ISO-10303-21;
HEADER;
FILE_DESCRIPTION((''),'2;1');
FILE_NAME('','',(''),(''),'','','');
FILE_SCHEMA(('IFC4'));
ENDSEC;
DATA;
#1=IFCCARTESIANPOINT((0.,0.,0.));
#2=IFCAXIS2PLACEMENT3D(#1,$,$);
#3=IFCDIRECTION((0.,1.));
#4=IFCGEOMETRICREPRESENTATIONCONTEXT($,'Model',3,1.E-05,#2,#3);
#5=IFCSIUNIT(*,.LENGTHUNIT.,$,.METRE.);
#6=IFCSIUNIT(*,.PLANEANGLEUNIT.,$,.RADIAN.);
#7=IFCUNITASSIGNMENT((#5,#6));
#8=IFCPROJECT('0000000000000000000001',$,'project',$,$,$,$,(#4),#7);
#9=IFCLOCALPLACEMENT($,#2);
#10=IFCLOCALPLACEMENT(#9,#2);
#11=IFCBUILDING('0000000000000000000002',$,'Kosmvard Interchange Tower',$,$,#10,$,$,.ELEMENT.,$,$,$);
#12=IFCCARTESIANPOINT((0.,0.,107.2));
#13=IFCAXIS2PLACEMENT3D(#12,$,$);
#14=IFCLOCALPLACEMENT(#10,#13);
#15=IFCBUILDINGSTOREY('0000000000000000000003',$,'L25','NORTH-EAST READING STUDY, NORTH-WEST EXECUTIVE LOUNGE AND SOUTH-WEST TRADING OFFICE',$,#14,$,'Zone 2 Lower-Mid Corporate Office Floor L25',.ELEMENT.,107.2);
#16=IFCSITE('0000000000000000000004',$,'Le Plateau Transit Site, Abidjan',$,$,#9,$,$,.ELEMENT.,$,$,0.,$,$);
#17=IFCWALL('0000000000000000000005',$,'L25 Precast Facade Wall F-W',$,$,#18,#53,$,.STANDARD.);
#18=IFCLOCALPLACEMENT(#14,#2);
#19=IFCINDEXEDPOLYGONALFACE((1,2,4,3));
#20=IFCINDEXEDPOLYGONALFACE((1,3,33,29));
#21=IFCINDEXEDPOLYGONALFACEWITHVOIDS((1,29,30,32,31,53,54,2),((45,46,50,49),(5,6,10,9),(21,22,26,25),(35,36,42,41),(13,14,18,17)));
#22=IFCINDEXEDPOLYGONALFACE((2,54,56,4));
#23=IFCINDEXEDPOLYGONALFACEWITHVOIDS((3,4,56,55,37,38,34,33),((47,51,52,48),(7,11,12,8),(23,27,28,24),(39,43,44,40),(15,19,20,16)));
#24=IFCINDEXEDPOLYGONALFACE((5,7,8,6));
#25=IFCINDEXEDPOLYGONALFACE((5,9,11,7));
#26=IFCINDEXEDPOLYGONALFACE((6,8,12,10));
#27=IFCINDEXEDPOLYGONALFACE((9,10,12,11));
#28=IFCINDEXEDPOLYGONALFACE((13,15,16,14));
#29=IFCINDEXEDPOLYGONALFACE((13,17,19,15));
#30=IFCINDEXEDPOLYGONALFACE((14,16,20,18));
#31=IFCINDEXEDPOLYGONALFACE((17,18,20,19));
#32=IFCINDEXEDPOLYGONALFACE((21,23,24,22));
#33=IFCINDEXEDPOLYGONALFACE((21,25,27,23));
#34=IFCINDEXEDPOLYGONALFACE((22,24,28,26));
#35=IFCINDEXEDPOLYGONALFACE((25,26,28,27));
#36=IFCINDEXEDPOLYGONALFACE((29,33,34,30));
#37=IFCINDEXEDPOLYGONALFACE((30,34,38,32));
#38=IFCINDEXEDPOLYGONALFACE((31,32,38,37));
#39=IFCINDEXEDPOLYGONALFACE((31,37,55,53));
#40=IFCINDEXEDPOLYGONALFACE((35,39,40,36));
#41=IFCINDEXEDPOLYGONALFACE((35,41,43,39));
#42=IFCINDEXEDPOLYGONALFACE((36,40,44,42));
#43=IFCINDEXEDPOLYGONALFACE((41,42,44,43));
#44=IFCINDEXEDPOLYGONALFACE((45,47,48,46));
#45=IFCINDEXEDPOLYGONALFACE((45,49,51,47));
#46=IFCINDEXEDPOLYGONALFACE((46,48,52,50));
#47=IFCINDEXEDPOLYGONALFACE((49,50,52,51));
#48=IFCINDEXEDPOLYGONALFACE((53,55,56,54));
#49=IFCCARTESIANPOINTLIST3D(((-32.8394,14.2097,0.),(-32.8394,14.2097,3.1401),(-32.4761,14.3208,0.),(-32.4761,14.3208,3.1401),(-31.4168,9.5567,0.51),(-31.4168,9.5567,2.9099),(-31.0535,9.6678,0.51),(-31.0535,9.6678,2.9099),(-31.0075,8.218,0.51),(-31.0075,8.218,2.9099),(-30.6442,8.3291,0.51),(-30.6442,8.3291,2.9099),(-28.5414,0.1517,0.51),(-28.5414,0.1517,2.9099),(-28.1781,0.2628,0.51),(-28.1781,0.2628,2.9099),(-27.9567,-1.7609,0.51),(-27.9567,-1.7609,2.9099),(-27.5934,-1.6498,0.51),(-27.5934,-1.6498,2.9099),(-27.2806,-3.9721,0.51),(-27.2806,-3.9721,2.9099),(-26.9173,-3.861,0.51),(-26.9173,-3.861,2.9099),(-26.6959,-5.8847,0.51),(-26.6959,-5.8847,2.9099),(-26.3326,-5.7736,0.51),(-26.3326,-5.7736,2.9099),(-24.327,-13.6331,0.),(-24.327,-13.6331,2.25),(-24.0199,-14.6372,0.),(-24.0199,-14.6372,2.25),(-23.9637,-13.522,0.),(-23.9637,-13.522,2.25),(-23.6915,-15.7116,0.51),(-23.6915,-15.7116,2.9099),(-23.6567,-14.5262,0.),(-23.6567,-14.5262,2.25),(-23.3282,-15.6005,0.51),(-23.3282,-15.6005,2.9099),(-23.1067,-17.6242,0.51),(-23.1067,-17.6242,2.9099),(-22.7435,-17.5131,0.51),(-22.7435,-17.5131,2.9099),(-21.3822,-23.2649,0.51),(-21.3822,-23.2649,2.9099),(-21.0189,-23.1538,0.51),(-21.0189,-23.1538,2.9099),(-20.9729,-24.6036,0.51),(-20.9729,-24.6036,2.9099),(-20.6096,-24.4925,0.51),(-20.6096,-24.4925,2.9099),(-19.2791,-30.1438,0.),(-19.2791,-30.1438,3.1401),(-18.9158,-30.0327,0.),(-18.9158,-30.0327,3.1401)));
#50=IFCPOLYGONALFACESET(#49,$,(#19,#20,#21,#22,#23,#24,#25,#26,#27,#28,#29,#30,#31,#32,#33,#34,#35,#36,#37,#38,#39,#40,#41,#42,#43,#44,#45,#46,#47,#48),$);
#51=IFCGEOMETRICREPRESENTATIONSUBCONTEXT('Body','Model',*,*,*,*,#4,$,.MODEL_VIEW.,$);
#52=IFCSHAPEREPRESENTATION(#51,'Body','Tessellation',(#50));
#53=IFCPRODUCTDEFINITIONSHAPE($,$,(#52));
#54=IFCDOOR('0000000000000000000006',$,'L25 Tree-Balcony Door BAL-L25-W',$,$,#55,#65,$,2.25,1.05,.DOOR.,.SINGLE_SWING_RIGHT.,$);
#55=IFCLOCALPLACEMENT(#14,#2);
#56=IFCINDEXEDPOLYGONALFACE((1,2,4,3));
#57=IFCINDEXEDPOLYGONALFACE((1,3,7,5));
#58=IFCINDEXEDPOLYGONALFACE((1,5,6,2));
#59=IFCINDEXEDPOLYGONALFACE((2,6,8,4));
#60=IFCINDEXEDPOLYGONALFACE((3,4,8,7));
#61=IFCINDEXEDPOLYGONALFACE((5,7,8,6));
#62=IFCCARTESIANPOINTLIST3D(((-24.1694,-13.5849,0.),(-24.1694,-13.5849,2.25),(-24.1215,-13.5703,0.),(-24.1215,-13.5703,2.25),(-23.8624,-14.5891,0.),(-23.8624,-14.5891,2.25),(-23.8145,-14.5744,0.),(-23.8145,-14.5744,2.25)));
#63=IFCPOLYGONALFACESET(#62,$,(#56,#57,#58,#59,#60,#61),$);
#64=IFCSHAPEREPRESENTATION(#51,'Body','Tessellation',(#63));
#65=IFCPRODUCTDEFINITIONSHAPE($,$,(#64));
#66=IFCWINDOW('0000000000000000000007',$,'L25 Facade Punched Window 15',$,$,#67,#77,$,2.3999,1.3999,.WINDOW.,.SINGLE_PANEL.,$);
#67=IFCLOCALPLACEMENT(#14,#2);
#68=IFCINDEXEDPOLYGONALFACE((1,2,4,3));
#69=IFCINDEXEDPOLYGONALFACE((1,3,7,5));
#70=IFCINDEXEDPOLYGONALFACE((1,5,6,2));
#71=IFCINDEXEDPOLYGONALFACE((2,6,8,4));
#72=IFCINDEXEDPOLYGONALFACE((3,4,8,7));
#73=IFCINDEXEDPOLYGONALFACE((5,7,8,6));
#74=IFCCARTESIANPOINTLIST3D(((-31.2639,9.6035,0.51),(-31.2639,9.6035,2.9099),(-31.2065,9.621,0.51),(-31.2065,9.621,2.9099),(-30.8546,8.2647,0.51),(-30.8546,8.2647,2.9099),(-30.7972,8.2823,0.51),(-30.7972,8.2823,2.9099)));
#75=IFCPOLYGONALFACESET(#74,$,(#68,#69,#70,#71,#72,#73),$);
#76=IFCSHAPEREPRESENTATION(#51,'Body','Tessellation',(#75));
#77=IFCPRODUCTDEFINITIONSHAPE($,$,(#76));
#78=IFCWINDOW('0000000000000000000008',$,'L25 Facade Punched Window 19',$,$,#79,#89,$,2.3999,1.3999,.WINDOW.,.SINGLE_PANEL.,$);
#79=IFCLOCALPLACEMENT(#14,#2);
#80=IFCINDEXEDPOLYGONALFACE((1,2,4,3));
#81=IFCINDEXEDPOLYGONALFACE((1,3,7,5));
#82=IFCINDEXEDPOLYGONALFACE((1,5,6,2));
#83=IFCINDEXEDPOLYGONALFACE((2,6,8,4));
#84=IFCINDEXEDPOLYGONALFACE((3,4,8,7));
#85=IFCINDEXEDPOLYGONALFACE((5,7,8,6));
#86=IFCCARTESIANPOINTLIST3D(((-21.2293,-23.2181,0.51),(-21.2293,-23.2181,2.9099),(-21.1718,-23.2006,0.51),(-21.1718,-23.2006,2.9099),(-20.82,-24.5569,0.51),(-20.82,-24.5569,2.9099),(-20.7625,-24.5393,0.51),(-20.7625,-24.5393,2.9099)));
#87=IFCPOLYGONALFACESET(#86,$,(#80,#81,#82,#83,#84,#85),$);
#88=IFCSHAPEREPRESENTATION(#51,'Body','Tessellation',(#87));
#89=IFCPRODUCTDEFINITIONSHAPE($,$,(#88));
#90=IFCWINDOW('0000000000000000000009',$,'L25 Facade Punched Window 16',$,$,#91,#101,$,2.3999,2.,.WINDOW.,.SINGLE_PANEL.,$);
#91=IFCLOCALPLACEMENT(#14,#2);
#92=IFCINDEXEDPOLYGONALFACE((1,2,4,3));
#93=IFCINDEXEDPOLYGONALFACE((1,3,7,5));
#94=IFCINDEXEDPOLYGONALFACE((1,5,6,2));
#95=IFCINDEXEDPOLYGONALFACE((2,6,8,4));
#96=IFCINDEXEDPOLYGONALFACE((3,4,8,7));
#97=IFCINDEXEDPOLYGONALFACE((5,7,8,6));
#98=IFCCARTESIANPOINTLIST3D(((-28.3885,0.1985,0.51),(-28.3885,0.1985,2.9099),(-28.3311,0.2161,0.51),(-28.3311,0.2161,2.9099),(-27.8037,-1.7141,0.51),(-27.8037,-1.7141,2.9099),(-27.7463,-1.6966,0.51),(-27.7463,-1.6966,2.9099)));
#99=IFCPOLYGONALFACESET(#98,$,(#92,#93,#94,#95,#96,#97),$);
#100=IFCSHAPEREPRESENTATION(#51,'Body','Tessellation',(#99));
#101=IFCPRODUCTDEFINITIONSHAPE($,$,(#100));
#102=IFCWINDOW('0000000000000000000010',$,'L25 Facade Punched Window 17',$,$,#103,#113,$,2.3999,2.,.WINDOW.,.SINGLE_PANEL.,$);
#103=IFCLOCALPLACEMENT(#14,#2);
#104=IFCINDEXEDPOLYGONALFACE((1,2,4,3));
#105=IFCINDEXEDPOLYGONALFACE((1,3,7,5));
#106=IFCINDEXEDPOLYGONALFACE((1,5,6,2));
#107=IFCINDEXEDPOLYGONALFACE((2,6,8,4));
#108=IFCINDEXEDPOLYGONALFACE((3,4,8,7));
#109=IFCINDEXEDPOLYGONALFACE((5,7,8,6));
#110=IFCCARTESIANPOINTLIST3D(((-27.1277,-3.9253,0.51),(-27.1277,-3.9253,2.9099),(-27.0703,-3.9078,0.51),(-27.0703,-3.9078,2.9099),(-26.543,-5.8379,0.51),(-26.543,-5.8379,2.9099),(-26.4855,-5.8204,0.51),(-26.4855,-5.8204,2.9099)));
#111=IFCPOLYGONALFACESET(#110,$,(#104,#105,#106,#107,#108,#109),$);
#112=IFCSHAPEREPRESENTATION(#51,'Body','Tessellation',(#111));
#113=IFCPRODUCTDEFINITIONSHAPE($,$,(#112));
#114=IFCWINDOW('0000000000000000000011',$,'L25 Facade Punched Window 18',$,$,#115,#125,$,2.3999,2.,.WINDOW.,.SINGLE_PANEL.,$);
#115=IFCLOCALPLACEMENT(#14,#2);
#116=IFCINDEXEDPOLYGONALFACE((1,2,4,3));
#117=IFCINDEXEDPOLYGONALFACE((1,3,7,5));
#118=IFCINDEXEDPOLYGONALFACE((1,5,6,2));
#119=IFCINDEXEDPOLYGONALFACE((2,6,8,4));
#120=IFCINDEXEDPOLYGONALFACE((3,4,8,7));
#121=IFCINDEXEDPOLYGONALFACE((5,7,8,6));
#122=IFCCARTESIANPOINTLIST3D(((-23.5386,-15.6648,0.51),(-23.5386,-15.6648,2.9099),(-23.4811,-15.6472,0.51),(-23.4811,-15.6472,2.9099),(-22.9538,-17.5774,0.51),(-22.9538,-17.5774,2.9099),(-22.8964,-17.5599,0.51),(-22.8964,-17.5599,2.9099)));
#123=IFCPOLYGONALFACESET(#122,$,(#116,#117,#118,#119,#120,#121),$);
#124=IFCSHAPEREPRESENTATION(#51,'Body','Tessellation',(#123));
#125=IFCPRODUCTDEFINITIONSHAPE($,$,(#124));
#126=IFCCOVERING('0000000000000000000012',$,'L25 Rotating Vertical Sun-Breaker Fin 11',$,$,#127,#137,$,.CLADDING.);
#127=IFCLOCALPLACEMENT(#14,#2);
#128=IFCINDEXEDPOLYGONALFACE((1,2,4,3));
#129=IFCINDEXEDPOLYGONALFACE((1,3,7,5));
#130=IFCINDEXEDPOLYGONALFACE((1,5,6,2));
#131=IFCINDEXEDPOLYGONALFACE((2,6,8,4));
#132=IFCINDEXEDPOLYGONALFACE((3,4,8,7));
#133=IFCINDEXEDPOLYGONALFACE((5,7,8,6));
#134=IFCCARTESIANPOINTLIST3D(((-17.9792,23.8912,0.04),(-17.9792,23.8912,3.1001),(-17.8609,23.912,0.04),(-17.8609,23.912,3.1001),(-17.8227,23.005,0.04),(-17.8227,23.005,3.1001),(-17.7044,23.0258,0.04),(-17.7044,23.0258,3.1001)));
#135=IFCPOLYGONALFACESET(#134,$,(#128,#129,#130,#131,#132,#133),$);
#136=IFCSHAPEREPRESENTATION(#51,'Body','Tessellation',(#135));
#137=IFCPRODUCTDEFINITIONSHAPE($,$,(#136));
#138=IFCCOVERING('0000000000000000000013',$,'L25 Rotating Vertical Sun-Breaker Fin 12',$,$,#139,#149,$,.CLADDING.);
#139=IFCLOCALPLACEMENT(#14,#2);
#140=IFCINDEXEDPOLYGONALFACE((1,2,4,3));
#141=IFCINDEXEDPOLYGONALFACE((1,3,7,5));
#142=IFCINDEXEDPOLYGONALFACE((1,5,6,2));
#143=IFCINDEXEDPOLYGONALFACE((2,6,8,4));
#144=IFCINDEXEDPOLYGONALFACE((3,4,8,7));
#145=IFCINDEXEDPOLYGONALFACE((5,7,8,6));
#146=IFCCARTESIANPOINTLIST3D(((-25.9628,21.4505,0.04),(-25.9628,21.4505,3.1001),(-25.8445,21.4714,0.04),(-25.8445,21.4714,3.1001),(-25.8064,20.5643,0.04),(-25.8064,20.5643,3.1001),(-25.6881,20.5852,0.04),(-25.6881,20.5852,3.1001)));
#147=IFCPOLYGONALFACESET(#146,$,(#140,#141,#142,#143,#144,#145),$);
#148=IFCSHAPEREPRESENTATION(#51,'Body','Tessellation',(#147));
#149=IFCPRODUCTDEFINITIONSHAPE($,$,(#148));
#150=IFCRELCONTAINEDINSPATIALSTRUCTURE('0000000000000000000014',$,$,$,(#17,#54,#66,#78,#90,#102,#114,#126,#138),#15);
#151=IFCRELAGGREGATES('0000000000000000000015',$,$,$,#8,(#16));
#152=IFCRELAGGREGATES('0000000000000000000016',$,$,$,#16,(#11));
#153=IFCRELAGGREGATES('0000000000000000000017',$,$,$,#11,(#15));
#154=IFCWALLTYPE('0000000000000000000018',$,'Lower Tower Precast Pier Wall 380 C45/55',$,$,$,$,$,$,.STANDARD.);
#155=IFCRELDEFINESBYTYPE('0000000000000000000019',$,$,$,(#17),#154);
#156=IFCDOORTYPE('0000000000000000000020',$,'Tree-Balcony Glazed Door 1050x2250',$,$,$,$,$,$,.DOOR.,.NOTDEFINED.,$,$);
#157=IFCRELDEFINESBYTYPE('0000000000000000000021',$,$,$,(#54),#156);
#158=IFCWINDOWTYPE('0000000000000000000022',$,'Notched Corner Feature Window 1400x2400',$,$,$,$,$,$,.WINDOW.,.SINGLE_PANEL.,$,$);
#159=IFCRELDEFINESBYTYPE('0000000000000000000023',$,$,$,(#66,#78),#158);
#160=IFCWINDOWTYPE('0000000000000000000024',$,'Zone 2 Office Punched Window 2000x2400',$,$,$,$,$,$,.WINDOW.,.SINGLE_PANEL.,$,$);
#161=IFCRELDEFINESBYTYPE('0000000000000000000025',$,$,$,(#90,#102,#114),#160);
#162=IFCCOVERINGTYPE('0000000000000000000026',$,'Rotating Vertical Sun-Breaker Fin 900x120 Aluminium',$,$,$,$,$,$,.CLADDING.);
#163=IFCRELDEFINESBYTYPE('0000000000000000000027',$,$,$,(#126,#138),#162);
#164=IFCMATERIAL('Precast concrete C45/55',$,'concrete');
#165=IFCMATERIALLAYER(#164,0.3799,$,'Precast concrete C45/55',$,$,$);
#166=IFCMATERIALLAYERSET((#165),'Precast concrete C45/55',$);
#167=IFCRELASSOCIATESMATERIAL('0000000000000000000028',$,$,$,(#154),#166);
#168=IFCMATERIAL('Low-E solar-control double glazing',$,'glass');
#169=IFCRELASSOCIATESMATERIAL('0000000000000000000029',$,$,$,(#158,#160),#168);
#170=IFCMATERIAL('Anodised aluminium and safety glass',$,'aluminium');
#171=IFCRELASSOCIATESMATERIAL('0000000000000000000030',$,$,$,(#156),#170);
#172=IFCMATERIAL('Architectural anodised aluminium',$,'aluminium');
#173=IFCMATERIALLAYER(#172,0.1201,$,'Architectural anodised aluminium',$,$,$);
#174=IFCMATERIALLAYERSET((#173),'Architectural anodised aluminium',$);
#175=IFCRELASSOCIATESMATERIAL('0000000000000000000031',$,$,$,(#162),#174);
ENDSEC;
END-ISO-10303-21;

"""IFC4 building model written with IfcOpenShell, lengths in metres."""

from ifc_helpers import new_model, si_unit, direction, frame, frame_2d, origin, origin_2d, place, context, subcontext, project, spatial, rectangle, extrude, source, transform, mapped, material, layer, layer_set, type_object, element, fill, save


model = new_model("IFC4")

# Units and contexts
model_context = context("Model", 3, precision=1e-05, world=origin(), true_north=direction((0.0, 1.0)))
body_context = subcontext(model_context, "Body", "Model", "MODEL_VIEW")
ifc_project = project(units=[si_unit("LENGTHUNIT", "METRE"), si_unit("PLANEANGLEUNIT", "RADIAN")], contexts=[model_context])

# Site, building, storey
site_placement = place(None, origin())
site = spatial("IfcSite", under=ifc_project, at=site_placement, Name="Le Plateau Transit Site, Abidjan", CompositionType="ELEMENT", RefElevation=0.0)
building_placement = place(site_placement, origin())
building = spatial("IfcBuilding", under=site, at=building_placement, Name="Kosmvard Interchange Tower", CompositionType="ELEMENT")
storey_placement = place(building_placement, frame((0.0, 0.0, 107.2)))
storey = spatial("IfcBuildingStorey", under=building, at=storey_placement, Name="L25", Description="NORTH-EAST READING STUDY, NORTH-WEST EXECUTIVE LOUNGE AND SOUTH-WEST TRADING OFFICE", LongName="Zone 2 Lower-Mid Corporate Office Floor L25", CompositionType="ELEMENT", Elevation=107.2)

# Shared definitions
ifc_material_1 = material(Name="Precast concrete C45/55", Category="concrete")

# Shared definitions
ifc_layer_1 = layer(ifc_material_1, 0.3799, Name="Precast concrete C45/55")
ifc_layer_set_1 = layer_set([ifc_layer_1], Name="Precast concrete C45/55")
wall_type = type_object("IfcWallType", Name="Lower Tower Precast Pier Wall 380 C45/55", PredefinedType="STANDARD", material=ifc_layer_set_1)

# Shared definitions
ifc_material_2 = material(Name="Low-E solar-control double glazing", Category="glass")
window_type_1 = type_object("IfcWindowType", Name="Notched Corner Feature Window 1400x2400", PartitioningType="SINGLE_PANEL", PredefinedType="WINDOW", material=ifc_material_2)
shared_shape_1 = source(origin(), body_context, "Body", "SweptSolid", [
    extrude(rectangle(XDim=1.3999, YDim=2.3999, at=frame_2d((0.7, 1.2))), frame((0.0, 0.03, 0.0), z_axis=(0.0, -1.0, 0.0), x_axis=(1.0, 0.0, 0.0)), (0.0, 0.0, 1.0), 0.0601),
])

# Wall, openings, door, windows
wall_1_placement = place(storey_placement, frame((-32.6577, 14.2651, 0.0), z_axis=(0.0, 0.0, 1.0), x_axis=(0.292373, -0.956304, 0.0)))
wall_1 = element("IfcWall", 1, at=wall_1_placement, inside=storey, type_object=wall_type, Name="L25 Precast Facade Wall F-W", PredefinedType="STANDARD", context=body_context, shape_type="SweptSolid", body=[
    extrude(rectangle(XDim=46.3801, YDim=0.3799, at=frame_2d((23.1899, 0.0))), origin(), (0.0, 0.0, 1.0), 3.1401),
])
opening_1_placement = place(wall_1_placement, frame((29.115, 0.0, 0.0)))
opening_1 = element("IfcOpeningElement", 2, at=opening_1_placement, cuts=wall_1, PredefinedType="OPENING", context=body_context, shape_type="SweptSolid", body=[
    extrude(rectangle(XDim=1.05, YDim=2.25, at=frame_2d((0.5249, 1.125))), frame((0.0, 0.2, 0.0), z_axis=(0.0, -1.0, 0.0), x_axis=(1.0, 0.0, 0.0)), (0.0, 0.0, 1.0), 0.3999),
])
opening_2_placement = place(wall_1_placement, frame((4.8655, 0.0, 0.51)))
opening_2 = element("IfcOpeningElement", 3, at=opening_2_placement, cuts=wall_1, PredefinedType="OPENING", context=body_context, shape_type="SweptSolid", body=[
    extrude(rectangle(XDim=1.3999, YDim=2.3999, at=frame_2d((0.7, 1.2))), frame((0.0, 0.2, 0.0), z_axis=(0.0, -1.0, 0.0), x_axis=(1.0, 0.0, 0.0)), (0.0, 0.0, 1.0), 0.3999),
])
opening_3_placement = place(wall_1_placement, frame((14.7002, 0.0, 0.51)))
opening_3 = element("IfcOpeningElement", 4, at=opening_3_placement, cuts=wall_1, PredefinedType="OPENING", context=body_context, shape_type="SweptSolid", body=[
    extrude(rectangle(XDim=2.0, YDim=2.3999, at=frame_2d((1.0, 1.2))), frame((0.0, 0.2, 0.0), z_axis=(0.0, -1.0, 0.0), x_axis=(1.0, 0.0, 0.0)), (0.0, 0.0, 1.0), 0.3999),
])
opening_4_placement = place(wall_1_placement, frame((19.0125, 0.0, 0.51)))
opening_4 = element("IfcOpeningElement", 5, at=opening_4_placement, cuts=wall_1, PredefinedType="OPENING", context=body_context, shape_type="SweptSolid", body=[
    extrude(rectangle(XDim=2.0, YDim=2.3999, at=frame_2d((1.0, 1.2))), frame((0.0, 0.2, 0.0), z_axis=(0.0, -1.0, 0.0), x_axis=(1.0, 0.0, 0.0)), (0.0, 0.0, 1.0), 0.3999),
])
opening_5_placement = place(wall_1_placement, frame((31.2883, 0.0, 0.51)))
opening_5 = element("IfcOpeningElement", 6, at=opening_5_placement, cuts=wall_1, PredefinedType="OPENING", context=body_context, shape_type="SweptSolid", body=[
    extrude(rectangle(XDim=2.0, YDim=2.3999, at=frame_2d((1.0, 1.2))), frame((0.0, 0.2, 0.0), z_axis=(0.0, -1.0, 0.0), x_axis=(1.0, 0.0, 0.0)), (0.0, 0.0, 1.0), 0.3999),
])
opening_6_placement = place(wall_1_placement, frame((39.1868, 0.0, 0.51)))
opening_6 = element("IfcOpeningElement", 7, at=opening_6_placement, cuts=wall_1, PredefinedType="OPENING", context=body_context, shape_type="SweptSolid", body=[
    extrude(rectangle(XDim=1.3999, YDim=2.3999, at=frame_2d((0.7, 1.2))), frame((0.0, 0.2, 0.0), z_axis=(0.0, -1.0, 0.0), x_axis=(1.0, 0.0, 0.0)), (0.0, 0.0, 1.0), 0.3999),
])
ifc_material_3 = material(Name="Anodised aluminium and safety glass", Category="aluminium")
door_type = type_object("IfcDoorType", Name="Tree-Balcony Glazed Door 1050x2250", OperationType="NOTDEFINED", PredefinedType="DOOR", material=ifc_material_3)
shared_shape_2 = source(origin(), body_context, "Body", "SweptSolid", [
    extrude(rectangle(XDim=1.05, YDim=2.25, at=frame_2d((0.5249, 1.125))), frame((0.0, 0.0249, 0.0), z_axis=(0.0, -1.0, 0.0), x_axis=(1.0, 0.0, 0.0)), (0.0, 0.0, 1.0), 0.05),
])
door_placement = place(opening_1_placement, origin())
door = element("IfcDoor", 8, at=door_placement, inside=storey, type_object=door_type, Name="L25 Tree-Balcony Door BAL-L25-W", OperationType="SINGLE_SWING_RIGHT", OverallHeight=2.25, OverallWidth=1.05, PredefinedType="DOOR", context=body_context, shape_type="MappedRepresentation", body=[
    mapped(shared_shape_2, transform((0.0, 0.0, 0.0), scale=1.0)),
])
fill(opening_1, door)
window_1_placement = place(opening_2_placement, origin())
window_1 = element("IfcWindow", 9, at=window_1_placement, inside=storey, type_object=window_type_1, Name="L25 Facade Punched Window 15", OverallHeight=2.3999, OverallWidth=1.3999, PartitioningType="SINGLE_PANEL", PredefinedType="WINDOW", context=body_context, shape_type="MappedRepresentation", body=[
    mapped(shared_shape_1, transform((0.0, 0.0, 0.0), scale=1.0)),
])
fill(opening_2, window_1)
window_2_placement = place(opening_6_placement, origin())
window_2 = element("IfcWindow", 10, at=window_2_placement, inside=storey, type_object=window_type_1, Name="L25 Facade Punched Window 19", OverallHeight=2.3999, OverallWidth=1.3999, PartitioningType="SINGLE_PANEL", PredefinedType="WINDOW", context=body_context, shape_type="MappedRepresentation", body=[
    mapped(shared_shape_1, transform((0.0, 0.0, 0.0), scale=1.0)),
])
fill(opening_6, window_2)
window_type_2 = type_object("IfcWindowType", Name="Zone 2 Office Punched Window 2000x2400", PartitioningType="SINGLE_PANEL", PredefinedType="WINDOW", material=ifc_material_2)
shared_shape_3 = source(origin(), body_context, "Body", "SweptSolid", [
    extrude(rectangle(XDim=2.0, YDim=2.3999, at=frame_2d((1.0, 1.2))), frame((0.0, 0.03, 0.0), z_axis=(0.0, -1.0, 0.0), x_axis=(1.0, 0.0, 0.0)), (0.0, 0.0, 1.0), 0.0601),
])
window_3_placement = place(opening_3_placement, origin())
window_3 = element("IfcWindow", 11, at=window_3_placement, inside=storey, type_object=window_type_2, Name="L25 Facade Punched Window 16", OverallHeight=2.3999, OverallWidth=2.0, PartitioningType="SINGLE_PANEL", PredefinedType="WINDOW", context=body_context, shape_type="MappedRepresentation", body=[
    mapped(shared_shape_3, transform((0.0, 0.0, 0.0), scale=1.0)),
])
fill(opening_3, window_3)
window_4_placement = place(opening_4_placement, origin())
window_4 = element("IfcWindow", 12, at=window_4_placement, inside=storey, type_object=window_type_2, Name="L25 Facade Punched Window 17", OverallHeight=2.3999, OverallWidth=2.0, PartitioningType="SINGLE_PANEL", PredefinedType="WINDOW", context=body_context, shape_type="MappedRepresentation", body=[
    mapped(shared_shape_3, transform((0.0, 0.0, 0.0), scale=1.0)),
])
fill(opening_4, window_4)
window_5_placement = place(opening_5_placement, origin())
window_5 = element("IfcWindow", 13, at=window_5_placement, inside=storey, type_object=window_type_2, Name="L25 Facade Punched Window 18", OverallHeight=2.3999, OverallWidth=2.0, PartitioningType="SINGLE_PANEL", PredefinedType="WINDOW", context=body_context, shape_type="MappedRepresentation", body=[
    mapped(shared_shape_3, transform((0.0, 0.0, 0.0), scale=1.0)),
])
fill(opening_5, window_5)

# Coverings
ifc_material_4 = material(Name="Architectural anodised aluminium", Category="aluminium")
ifc_layer_2 = layer(ifc_material_4, 0.1201, Name="Architectural anodised aluminium")
ifc_layer_set_2 = layer_set([ifc_layer_2], Name="Architectural anodised aluminium")
covering_type = type_object("IfcCoveringType", Name="Rotating Vertical Sun-Breaker Fin 900x120 Aluminium", PredefinedType="CLADDING", material=ifc_layer_set_2)
shared_shape_4 = source(origin(), body_context, "Body", "SweptSolid", [
    extrude(rectangle(XDim=0.8999, YDim=0.1201, at=origin_2d()), origin(), (0.0, 0.0, 1.0), 3.0601),
])
for number, where, z_axis, x_axis, name in (
    (14, (-17.8418, 23.4585, 0.04), (0.0, 0.0, 1.0), (-0.17382, 0.984777, 0.0), "L25 Rotating Vertical Sun-Breaker Fin 11"),
    (15, (-25.8254, 21.0178, 0.04), (0.0, 0.0, 1.0), (-0.17382, 0.984777, 0.0), "L25 Rotating Vertical Sun-Breaker Fin 12"),
):
    element("IfcCovering", number, at=place(storey_placement, frame(where, z_axis=z_axis, x_axis=x_axis)), inside=storey, type_object=covering_type, Name=name, PredefinedType="CLADDING", context=body_context, shape_type="MappedRepresentation", body=[
        mapped(shared_shape_4, transform((0.0, 0.0, 0.0), scale=1.0)),
    ])

save(model, "model.ifc")
